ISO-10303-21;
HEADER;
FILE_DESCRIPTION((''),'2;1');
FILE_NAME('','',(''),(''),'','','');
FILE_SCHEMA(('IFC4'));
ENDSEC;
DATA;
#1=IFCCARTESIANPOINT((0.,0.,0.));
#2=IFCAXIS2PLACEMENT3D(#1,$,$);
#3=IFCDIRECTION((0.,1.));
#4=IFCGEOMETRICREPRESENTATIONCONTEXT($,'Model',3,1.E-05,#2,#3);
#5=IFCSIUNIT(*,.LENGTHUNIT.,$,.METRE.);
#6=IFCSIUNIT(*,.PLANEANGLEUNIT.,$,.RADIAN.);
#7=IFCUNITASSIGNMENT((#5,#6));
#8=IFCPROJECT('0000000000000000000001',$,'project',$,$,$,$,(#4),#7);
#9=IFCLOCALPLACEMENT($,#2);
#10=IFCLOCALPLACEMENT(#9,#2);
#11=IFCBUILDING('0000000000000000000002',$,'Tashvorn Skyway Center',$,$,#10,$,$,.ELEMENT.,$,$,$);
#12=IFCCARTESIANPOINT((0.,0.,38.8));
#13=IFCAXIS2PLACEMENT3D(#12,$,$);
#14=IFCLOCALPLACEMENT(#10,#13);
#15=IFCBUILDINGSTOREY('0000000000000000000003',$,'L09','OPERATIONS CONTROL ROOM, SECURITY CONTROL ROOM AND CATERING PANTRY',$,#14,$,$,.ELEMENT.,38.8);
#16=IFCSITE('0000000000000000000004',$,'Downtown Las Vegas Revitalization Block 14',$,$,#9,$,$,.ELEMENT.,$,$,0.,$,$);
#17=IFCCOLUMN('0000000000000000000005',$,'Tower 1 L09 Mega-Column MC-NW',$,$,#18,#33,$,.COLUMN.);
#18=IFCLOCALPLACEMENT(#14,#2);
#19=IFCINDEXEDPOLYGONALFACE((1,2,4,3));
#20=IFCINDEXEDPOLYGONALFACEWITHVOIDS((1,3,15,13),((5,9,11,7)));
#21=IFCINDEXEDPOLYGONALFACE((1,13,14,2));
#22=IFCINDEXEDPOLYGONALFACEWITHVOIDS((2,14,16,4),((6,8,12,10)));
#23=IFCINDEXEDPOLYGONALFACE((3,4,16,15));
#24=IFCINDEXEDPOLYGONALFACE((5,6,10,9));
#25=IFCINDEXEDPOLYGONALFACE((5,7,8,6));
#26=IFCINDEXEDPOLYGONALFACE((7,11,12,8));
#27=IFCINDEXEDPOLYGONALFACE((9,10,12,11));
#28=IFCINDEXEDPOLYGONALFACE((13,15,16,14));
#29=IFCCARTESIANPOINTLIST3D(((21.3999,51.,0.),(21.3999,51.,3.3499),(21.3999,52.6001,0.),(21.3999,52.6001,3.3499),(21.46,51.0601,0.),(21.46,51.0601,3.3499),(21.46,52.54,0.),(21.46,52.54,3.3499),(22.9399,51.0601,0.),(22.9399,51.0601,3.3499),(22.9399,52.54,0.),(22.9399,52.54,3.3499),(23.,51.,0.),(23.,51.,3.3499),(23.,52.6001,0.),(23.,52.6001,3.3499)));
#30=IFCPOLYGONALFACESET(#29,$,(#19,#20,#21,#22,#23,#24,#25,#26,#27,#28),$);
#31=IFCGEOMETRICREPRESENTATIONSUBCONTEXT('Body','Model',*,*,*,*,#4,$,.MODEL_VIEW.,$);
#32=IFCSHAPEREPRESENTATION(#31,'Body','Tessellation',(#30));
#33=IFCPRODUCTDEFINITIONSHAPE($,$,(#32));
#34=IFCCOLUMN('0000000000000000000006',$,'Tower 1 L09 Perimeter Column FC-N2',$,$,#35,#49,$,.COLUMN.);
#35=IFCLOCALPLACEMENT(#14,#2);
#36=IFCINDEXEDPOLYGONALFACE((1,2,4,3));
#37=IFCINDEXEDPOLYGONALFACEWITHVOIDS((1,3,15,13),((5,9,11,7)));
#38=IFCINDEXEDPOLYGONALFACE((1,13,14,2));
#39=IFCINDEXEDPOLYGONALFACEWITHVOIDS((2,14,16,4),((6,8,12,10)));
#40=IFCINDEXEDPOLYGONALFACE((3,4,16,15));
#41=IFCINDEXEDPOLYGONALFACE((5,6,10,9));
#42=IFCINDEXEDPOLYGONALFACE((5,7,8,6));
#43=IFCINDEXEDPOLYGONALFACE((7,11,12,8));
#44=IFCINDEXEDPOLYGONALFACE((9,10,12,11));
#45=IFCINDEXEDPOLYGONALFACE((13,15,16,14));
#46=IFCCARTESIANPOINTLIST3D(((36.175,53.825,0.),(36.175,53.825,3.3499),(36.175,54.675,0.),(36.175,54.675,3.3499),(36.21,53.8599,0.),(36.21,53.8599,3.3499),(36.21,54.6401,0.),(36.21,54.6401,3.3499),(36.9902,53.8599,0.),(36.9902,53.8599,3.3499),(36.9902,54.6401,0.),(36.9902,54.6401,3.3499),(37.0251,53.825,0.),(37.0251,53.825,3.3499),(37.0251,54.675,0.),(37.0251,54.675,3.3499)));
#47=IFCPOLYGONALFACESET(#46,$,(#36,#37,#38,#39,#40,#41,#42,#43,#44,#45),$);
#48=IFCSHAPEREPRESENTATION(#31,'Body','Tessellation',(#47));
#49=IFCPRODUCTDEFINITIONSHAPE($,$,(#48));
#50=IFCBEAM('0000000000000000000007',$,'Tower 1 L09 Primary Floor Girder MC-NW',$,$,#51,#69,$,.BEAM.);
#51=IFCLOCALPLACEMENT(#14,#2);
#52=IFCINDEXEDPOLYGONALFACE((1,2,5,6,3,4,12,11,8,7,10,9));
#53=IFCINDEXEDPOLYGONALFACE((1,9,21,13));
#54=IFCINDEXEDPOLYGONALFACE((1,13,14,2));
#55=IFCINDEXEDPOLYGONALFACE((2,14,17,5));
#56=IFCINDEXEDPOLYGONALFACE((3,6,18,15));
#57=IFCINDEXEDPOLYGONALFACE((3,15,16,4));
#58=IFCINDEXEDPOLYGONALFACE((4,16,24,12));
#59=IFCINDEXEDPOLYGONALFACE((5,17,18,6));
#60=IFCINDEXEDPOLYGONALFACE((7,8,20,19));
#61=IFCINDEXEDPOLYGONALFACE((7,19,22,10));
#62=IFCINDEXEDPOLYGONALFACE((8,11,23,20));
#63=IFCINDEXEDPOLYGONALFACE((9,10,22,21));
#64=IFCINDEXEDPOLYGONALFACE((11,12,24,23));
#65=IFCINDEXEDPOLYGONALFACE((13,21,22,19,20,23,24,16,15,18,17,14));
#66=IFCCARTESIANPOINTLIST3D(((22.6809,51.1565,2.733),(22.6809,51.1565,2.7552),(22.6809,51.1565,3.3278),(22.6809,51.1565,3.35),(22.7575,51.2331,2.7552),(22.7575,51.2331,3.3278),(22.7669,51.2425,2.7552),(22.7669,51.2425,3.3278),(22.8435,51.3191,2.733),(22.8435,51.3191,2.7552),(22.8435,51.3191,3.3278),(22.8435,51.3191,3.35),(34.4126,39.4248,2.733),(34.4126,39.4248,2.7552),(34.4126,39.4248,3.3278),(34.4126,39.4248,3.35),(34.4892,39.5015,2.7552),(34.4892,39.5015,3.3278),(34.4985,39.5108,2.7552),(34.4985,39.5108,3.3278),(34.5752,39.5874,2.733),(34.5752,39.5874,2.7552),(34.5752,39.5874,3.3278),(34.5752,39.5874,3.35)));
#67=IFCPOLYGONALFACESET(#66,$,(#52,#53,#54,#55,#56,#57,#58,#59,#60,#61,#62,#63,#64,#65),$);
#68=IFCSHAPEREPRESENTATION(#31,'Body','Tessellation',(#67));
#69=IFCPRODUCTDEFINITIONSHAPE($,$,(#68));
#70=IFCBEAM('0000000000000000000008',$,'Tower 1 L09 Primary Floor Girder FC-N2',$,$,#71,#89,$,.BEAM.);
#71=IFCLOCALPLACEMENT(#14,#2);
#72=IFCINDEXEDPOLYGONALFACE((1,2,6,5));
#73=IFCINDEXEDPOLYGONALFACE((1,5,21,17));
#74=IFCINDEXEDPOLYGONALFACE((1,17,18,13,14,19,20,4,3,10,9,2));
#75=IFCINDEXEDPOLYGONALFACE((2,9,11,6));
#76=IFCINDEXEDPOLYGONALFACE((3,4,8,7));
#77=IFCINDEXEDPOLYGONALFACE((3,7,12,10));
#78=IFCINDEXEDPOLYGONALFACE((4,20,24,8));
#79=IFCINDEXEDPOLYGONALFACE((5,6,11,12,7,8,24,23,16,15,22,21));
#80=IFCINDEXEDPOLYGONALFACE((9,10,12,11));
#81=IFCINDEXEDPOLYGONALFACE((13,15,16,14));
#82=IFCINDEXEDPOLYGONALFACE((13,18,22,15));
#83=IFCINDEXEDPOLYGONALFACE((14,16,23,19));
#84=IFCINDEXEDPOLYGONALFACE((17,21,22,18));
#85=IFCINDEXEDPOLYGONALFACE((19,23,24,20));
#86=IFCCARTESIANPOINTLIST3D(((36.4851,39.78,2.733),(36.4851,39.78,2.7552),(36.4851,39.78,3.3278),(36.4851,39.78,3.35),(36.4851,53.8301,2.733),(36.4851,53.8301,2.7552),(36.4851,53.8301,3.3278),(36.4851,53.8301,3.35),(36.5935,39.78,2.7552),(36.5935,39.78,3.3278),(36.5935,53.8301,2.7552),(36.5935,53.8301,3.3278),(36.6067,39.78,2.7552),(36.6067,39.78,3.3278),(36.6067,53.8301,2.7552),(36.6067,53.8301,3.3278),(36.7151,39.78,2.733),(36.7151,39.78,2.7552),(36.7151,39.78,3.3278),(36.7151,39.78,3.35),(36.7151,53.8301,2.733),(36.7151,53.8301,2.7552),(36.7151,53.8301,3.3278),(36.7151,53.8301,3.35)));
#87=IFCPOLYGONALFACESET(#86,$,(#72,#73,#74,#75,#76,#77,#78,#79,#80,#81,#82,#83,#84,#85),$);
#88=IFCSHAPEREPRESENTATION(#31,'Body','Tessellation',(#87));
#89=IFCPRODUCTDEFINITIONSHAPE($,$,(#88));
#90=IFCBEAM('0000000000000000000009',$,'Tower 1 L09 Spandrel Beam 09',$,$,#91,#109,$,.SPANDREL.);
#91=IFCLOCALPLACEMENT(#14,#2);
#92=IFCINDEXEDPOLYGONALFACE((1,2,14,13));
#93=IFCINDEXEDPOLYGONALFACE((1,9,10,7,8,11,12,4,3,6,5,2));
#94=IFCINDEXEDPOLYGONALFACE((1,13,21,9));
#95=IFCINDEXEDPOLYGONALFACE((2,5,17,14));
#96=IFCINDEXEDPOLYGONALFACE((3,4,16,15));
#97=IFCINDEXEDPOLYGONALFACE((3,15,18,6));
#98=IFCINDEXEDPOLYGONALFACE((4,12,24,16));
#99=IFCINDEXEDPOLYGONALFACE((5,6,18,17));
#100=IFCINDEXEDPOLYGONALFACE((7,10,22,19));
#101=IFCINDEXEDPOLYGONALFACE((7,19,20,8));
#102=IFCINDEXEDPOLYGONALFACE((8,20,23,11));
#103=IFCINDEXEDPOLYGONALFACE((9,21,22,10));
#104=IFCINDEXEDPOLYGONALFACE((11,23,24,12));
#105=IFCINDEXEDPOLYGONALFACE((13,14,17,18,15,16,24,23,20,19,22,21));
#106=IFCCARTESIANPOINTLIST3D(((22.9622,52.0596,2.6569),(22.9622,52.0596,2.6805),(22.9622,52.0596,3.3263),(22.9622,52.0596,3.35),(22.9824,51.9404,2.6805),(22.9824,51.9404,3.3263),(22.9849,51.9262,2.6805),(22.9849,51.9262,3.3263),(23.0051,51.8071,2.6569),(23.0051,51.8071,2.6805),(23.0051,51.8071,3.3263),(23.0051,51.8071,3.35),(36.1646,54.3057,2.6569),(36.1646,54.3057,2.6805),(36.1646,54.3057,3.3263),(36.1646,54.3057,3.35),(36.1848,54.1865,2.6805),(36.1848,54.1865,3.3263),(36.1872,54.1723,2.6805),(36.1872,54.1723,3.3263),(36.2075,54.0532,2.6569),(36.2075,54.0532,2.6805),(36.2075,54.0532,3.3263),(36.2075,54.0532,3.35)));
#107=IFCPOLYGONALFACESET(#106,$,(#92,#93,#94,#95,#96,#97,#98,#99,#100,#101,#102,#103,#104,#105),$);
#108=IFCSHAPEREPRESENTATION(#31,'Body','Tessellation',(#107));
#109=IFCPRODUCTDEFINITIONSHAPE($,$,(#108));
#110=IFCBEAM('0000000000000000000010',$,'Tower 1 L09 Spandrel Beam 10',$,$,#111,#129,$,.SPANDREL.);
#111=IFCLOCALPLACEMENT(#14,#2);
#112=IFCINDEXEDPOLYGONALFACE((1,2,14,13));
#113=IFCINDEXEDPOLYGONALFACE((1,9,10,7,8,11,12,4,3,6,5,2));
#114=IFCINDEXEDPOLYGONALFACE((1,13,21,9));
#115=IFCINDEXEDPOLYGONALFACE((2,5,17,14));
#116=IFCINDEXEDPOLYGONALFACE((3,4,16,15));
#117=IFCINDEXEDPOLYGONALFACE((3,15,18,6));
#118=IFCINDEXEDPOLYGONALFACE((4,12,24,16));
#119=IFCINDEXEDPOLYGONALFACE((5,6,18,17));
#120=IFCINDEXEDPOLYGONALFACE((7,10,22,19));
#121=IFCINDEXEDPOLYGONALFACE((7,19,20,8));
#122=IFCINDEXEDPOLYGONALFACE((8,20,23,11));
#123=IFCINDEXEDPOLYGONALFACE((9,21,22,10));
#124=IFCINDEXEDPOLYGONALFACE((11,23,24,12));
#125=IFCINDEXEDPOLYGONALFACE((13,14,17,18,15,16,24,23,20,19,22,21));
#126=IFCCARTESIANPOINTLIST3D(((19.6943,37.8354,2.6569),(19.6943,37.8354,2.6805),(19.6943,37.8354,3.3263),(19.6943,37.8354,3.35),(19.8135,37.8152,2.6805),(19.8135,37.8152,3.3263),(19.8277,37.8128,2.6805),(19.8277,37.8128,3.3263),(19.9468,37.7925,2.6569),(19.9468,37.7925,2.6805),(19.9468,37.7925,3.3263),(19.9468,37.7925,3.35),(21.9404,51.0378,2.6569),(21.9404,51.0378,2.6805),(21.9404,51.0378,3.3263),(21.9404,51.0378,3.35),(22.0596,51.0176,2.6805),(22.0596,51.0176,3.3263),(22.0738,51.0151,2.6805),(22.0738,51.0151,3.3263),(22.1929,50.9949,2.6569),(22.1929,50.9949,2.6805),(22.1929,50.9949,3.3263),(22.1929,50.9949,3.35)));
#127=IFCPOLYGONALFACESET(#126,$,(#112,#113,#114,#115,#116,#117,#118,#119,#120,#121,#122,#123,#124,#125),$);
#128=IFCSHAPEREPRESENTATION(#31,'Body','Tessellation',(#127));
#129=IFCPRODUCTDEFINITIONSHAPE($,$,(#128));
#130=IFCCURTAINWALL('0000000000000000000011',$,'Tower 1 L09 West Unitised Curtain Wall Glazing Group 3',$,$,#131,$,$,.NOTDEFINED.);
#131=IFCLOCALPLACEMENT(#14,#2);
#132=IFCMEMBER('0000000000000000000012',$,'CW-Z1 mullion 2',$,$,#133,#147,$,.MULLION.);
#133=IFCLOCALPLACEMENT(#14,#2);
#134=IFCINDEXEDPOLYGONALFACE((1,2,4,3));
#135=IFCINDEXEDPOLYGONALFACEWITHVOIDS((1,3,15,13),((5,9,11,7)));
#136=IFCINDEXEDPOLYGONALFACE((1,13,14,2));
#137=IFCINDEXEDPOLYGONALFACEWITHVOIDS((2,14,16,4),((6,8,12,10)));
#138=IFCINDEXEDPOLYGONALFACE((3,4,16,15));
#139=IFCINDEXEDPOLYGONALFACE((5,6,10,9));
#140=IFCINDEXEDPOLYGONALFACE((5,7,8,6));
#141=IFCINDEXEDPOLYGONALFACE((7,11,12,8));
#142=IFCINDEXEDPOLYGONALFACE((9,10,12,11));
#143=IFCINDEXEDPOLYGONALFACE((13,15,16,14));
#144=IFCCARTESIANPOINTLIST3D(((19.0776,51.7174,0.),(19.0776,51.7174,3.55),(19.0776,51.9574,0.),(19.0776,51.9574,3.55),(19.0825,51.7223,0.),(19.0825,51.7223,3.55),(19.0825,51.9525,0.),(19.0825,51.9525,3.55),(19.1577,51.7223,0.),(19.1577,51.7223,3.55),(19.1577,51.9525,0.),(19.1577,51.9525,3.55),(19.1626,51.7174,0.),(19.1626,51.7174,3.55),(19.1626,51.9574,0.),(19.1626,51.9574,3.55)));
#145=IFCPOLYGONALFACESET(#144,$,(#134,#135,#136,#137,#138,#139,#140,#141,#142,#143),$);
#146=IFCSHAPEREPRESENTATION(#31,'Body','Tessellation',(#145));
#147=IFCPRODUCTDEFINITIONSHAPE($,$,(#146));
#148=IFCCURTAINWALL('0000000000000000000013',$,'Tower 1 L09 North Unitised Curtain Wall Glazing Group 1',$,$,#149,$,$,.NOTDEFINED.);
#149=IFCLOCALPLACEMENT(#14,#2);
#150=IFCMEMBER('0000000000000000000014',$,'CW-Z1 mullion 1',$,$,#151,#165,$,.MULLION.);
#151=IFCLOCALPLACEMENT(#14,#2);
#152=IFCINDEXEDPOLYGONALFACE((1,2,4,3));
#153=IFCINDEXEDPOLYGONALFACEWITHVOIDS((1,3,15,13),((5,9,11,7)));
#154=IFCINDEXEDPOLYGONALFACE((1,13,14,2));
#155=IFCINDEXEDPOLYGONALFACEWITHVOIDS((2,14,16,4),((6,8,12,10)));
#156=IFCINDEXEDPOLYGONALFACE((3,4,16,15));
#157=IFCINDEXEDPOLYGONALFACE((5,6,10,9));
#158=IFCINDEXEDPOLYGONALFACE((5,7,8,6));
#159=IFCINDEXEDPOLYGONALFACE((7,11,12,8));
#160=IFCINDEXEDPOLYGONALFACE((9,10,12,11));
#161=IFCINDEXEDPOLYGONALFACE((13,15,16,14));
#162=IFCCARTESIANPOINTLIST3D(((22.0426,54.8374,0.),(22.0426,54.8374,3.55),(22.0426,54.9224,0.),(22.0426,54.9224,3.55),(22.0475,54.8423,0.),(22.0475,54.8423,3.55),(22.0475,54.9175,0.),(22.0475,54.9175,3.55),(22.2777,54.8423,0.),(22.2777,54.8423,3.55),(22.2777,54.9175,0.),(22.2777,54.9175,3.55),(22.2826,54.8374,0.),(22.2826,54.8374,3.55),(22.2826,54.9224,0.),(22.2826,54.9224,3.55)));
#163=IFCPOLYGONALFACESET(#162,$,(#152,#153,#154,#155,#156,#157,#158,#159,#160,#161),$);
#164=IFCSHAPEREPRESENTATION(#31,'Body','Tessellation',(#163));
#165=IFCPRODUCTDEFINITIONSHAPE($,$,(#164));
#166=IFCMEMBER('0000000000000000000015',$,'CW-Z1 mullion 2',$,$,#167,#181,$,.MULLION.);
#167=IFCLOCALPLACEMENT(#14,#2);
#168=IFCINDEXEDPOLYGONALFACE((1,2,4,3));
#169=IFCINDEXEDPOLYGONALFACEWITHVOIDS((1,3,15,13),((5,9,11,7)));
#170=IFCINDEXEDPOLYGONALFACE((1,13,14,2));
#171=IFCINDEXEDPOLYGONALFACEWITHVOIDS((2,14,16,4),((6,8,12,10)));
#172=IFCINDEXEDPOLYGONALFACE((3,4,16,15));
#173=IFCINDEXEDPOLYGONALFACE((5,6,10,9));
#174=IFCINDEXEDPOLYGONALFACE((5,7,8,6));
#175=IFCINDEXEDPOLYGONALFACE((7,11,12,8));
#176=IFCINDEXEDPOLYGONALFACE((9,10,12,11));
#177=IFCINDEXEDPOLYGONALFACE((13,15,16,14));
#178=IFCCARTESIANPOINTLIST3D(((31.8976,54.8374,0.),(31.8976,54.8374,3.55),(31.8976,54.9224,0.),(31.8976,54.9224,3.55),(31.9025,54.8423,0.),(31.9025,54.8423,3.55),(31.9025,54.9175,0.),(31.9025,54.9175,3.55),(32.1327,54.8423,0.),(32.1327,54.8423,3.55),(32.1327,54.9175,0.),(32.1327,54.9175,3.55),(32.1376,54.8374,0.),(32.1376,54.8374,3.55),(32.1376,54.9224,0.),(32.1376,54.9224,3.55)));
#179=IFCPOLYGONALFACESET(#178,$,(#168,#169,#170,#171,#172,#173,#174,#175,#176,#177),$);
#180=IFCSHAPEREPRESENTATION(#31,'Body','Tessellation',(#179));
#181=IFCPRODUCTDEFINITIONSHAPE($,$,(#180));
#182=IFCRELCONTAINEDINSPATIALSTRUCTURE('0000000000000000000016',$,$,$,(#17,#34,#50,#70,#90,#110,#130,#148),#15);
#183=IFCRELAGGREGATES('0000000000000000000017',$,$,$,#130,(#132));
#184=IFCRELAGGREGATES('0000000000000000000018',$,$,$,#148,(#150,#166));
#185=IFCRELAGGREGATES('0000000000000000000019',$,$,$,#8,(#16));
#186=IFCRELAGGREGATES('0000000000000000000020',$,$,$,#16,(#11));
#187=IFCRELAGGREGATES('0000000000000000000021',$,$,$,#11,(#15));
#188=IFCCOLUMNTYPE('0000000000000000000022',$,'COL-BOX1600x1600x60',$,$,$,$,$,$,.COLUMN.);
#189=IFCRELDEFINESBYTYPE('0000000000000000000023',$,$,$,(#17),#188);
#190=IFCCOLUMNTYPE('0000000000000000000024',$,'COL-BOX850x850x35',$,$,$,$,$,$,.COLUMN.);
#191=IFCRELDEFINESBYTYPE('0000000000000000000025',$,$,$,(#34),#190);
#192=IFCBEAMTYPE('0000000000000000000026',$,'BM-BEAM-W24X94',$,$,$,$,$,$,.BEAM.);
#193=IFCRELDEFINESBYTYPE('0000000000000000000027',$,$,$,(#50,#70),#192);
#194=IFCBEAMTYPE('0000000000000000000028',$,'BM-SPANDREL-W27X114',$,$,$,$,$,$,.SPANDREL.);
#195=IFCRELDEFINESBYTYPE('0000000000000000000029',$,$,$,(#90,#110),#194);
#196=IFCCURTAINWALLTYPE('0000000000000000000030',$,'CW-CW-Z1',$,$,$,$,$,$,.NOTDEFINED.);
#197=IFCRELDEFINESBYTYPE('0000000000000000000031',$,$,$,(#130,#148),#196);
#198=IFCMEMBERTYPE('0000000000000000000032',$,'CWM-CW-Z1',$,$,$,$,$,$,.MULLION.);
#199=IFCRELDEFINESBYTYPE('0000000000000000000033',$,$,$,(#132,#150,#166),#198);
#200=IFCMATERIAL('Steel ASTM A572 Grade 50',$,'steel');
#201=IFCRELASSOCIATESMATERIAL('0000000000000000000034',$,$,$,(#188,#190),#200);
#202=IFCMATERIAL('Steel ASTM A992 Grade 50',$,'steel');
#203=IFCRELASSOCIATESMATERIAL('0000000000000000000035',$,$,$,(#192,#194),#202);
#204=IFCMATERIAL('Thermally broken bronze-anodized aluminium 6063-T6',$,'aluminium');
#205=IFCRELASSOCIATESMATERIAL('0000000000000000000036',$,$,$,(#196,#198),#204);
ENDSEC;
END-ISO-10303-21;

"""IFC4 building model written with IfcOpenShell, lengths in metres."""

from ifc_helpers import new_model, si_unit, direction, frame, origin, origin_2d, place, context, subcontext, project, spatial, hollow_rectangle, i_section, extrude, material, material_profile, profile_set, type_object, element, aggregate, save


model = new_model("IFC4")

# Units and contexts
model_context = context("Model", 3, precision=1e-05, world=origin(), true_north=direction((0.0, 1.0)))
body_context = subcontext(model_context, "Body", "Model", "MODEL_VIEW")
ifc_project = project(units=[si_unit("LENGTHUNIT", "METRE"), si_unit("PLANEANGLEUNIT", "RADIAN")], contexts=[model_context])

# Site, building, storey
site_placement = place(None, origin())
site = spatial("IfcSite", under=ifc_project, at=site_placement, Name="Downtown Las Vegas Revitalization Block 14", CompositionType="ELEMENT", RefElevation=0.0)
building_placement = place(site_placement, origin())
building = spatial("IfcBuilding", under=site, at=building_placement, Name="Tashvorn Skyway Center", CompositionType="ELEMENT")
storey_placement = place(building_placement, frame((0.0, 0.0, 38.8)))
storey = spatial("IfcBuildingStorey", under=building, at=storey_placement, Name="L09", Description="OPERATIONS CONTROL ROOM, SECURITY CONTROL ROOM AND CATERING PANTRY", CompositionType="ELEMENT", Elevation=38.8)

# Columns
ifc_material_1 = material(Name="Steel ASTM A572 Grade 50", Category="steel")
ifc_material_profile_1 = material_profile(ifc_material_1, hollow_rectangle(XDim=1.6001, YDim=1.6001, WallThickness=0.0601, at=origin_2d()), Name="BOX1600x1600x60")
ifc_profile_set_1 = profile_set([ifc_material_profile_1], Name="Steel ASTM A572 Grade 50")
column_type_1 = type_object("IfcColumnType", Name="COL-BOX1600x1600x60", PredefinedType="COLUMN", material=ifc_profile_set_1)
column_1_placement = place(storey_placement, frame((22.2, 51.8, 0.0), z_axis=(0.0, 0.0, 1.0), x_axis=(1.0, 0.0, 0.0)))
element("IfcColumn", 1, at=column_1_placement, inside=storey, type_object=column_type_1, Name="Tower 1 L09 Mega-Column MC-NW", PredefinedType="COLUMN", context=body_context, shape_type="SweptSolid", body=[
    extrude(hollow_rectangle(XDim=1.6001, YDim=1.6001, WallThickness=0.0601, at=origin_2d()), origin(), (0.0, 0.0, 1.0), 3.3499),
])
ifc_material_profile_2 = material_profile(ifc_material_1, hollow_rectangle(XDim=0.8501, YDim=0.8501, WallThickness=0.0349, at=origin_2d()), Name="BOX850x850x35")
ifc_profile_set_2 = profile_set([ifc_material_profile_2], Name="Steel ASTM A572 Grade 50")
column_type_2 = type_object("IfcColumnType", Name="COL-BOX850x850x35", PredefinedType="COLUMN", material=ifc_profile_set_2)
column_2_placement = place(storey_placement, frame((36.6001, 54.25, 0.0), z_axis=(0.0, 0.0, 1.0), x_axis=(1.0, 0.0, 0.0)))
element("IfcColumn", 2, at=column_2_placement, inside=storey, type_object=column_type_2, Name="Tower 1 L09 Perimeter Column FC-N2", PredefinedType="COLUMN", context=body_context, shape_type="SweptSolid", body=[
    extrude(hollow_rectangle(XDim=0.8501, YDim=0.8501, WallThickness=0.0349, at=origin_2d()), origin(), (0.0, 0.0, 1.0), 3.3499),
])

# Beams
ifc_material_2 = material(Name="Steel ASTM A992 Grade 50", Category="steel")
ifc_material_profile_3 = material_profile(ifc_material_2, i_section(OverallWidth=0.23, OverallDepth=0.6169, WebThickness=0.0132, FlangeThickness=0.0222, at=origin_2d()), Name="W24X94")
ifc_profile_set_3 = profile_set([ifc_material_profile_3], Name="Steel ASTM A992 Grade 50")
beam_type_1 = type_object("IfcBeamType", Name="BM-BEAM-W24X94", PredefinedType="BEAM", material=ifc_profile_set_3)
beam_1_placement = place(storey_placement, frame((22.7622, 51.2378, 3.0415), z_axis=(0.707107, -0.707107, 0.0), x_axis=(0.707107, 0.707107, 0.0)))
element("IfcBeam", 3, at=beam_1_placement, inside=storey, type_object=beam_type_1, Name="Tower 1 L09 Primary Floor Girder MC-NW", PredefinedType="BEAM", context=body_context, shape_type="SweptSolid", body=[
    extrude(i_section(OverallWidth=0.23, OverallDepth=0.6169, WebThickness=0.0132, FlangeThickness=0.0222, at=origin_2d()), origin(), (0.0, 0.0, 1.0), 16.5911),
])
beam_2_placement = place(storey_placement, frame((36.6001, 53.8301, 3.0415), z_axis=(0.0, -1.0, 0.0), x_axis=(1.0, 0.0, 0.0)))
element("IfcBeam", 4, at=beam_2_placement, inside=storey, type_object=beam_type_1, Name="Tower 1 L09 Primary Floor Girder FC-N2", PredefinedType="BEAM", context=body_context, shape_type="SweptSolid", body=[
    extrude(i_section(OverallWidth=0.23, OverallDepth=0.6169, WebThickness=0.0132, FlangeThickness=0.0222, at=origin_2d()), origin(), (0.0, 0.0, 1.0), 14.05),
])
ifc_material_profile_4 = material_profile(ifc_material_2, i_section(OverallWidth=0.2561, OverallDepth=0.6931, WebThickness=0.0144, FlangeThickness=0.0237, at=origin_2d()), Name="W27X114")
ifc_profile_set_4 = profile_set([ifc_material_profile_4], Name="Steel ASTM A992 Grade 50")
beam_type_2 = type_object("IfcBeamType", Name="BM-SPANDREL-W27X114", PredefinedType="SPANDREL", material=ifc_profile_set_4)
for number, where, z_axis, x_axis, name in (
    (5, (36.186, 54.1794, 3.0034), (-0.985835, -0.167718, 0.0), (0.167718, -0.985835, 0.0), "Tower 1 L09 Spandrel Beam 09"),
    (6, (22.0667, 51.0164, 3.0034), (-0.167718, -0.985835, 0.0), (0.985835, -0.167718, 0.0), "Tower 1 L09 Spandrel Beam 10"),
):
    element("IfcBeam", number, at=place(storey_placement, frame(where, z_axis=z_axis, x_axis=x_axis)), inside=storey, type_object=beam_type_2, Name=name, PredefinedType="SPANDREL", context=body_context, shape_type="SweptSolid", body=[
        extrude(i_section(OverallWidth=0.2561, OverallDepth=0.6931, WebThickness=0.0144, FlangeThickness=0.0237, at=origin_2d()), origin(), (0.0, 0.0, 1.0), 13.3921),
    ])

# Curtain wall, member
ifc_material_3 = material(Name="Thermally broken bronze-anodized aluminium 6063-T6", Category="aluminium")
curtain_wall_type = type_object("IfcCurtainWallType", Name="CW-CW-Z1", PredefinedType="NOTDEFINED", material=ifc_material_3)
curtain_wall_1_placement = place(storey_placement, origin())
curtain_wall_1 = element("IfcCurtainWall", 7, at=curtain_wall_1_placement, inside=storey, type_object=curtain_wall_type, Name="Tower 1 L09 West Unitised Curtain Wall Glazing Group 3", PredefinedType="NOTDEFINED")
ifc_material_profile_5 = material_profile(ifc_material_3, hollow_rectangle(XDim=0.085, YDim=0.24, WallThickness=0.0049, at=origin_2d()), Name="ALU-MULL-85x240")
ifc_profile_set_5 = profile_set([ifc_material_profile_5], Name="Thermally broken bronze-anodized aluminium 6063-T6")
member_type_1 = type_object("IfcMemberType", Name="CWM-CW-Z1", PredefinedType="MULLION", material=ifc_profile_set_5)
member_1_placement = place(storey_placement, frame((19.1201, 51.8374, 0.0), z_axis=(0.0, 0.0, 1.0), x_axis=(-1.0, 0.0, 0.0)))
member_1 = element("IfcMember", 8, at=member_1_placement, type_object=member_type_1, Name="CW-Z1 mullion 2", PredefinedType="MULLION", context=body_context, shape_type="SweptSolid", body=[
    extrude(hollow_rectangle(XDim=0.085, YDim=0.24, WallThickness=0.0049, at=origin_2d()), origin(), (0.0, 0.0, 1.0), 3.55),
])

# Curtain wall, members
curtain_wall_2_placement = place(storey_placement, origin())
curtain_wall_2 = element("IfcCurtainWall", 9, at=curtain_wall_2_placement, inside=storey, type_object=curtain_wall_type, Name="Tower 1 L09 North Unitised Curtain Wall Glazing Group 1", PredefinedType="NOTDEFINED")
member_2_placement = place(storey_placement, frame((22.1626, 54.8799, 0.0), z_axis=(0.0, 0.0, 1.0), x_axis=(0.0, 1.0, 0.0)))
member_2 = element("IfcMember", 10, at=member_2_placement, type_object=member_type_1, Name="CW-Z1 mullion 1", PredefinedType="MULLION", context=body_context, shape_type="SweptSolid", body=[
    extrude(hollow_rectangle(XDim=0.085, YDim=0.24, WallThickness=0.0049, at=origin_2d()), origin(), (0.0, 0.0, 1.0), 3.55),
])
member_3_placement = place(storey_placement, frame((32.0176, 54.8799, 0.0), z_axis=(0.0, 0.0, 1.0), x_axis=(0.0, 1.0, 0.0)))
member_3 = element("IfcMember", 11, at=member_3_placement, type_object=member_type_1, Name="CW-Z1 mullion 2", PredefinedType="MULLION", context=body_context, shape_type="SweptSolid", body=[
    extrude(hollow_rectangle(XDim=0.085, YDim=0.24, WallThickness=0.0049, at=origin_2d()), origin(), (0.0, 0.0, 1.0), 3.55),
])

aggregate(curtain_wall_1, [member_1])
aggregate(curtain_wall_2, [member_2, member_3])

save(model, "model.ifc")
